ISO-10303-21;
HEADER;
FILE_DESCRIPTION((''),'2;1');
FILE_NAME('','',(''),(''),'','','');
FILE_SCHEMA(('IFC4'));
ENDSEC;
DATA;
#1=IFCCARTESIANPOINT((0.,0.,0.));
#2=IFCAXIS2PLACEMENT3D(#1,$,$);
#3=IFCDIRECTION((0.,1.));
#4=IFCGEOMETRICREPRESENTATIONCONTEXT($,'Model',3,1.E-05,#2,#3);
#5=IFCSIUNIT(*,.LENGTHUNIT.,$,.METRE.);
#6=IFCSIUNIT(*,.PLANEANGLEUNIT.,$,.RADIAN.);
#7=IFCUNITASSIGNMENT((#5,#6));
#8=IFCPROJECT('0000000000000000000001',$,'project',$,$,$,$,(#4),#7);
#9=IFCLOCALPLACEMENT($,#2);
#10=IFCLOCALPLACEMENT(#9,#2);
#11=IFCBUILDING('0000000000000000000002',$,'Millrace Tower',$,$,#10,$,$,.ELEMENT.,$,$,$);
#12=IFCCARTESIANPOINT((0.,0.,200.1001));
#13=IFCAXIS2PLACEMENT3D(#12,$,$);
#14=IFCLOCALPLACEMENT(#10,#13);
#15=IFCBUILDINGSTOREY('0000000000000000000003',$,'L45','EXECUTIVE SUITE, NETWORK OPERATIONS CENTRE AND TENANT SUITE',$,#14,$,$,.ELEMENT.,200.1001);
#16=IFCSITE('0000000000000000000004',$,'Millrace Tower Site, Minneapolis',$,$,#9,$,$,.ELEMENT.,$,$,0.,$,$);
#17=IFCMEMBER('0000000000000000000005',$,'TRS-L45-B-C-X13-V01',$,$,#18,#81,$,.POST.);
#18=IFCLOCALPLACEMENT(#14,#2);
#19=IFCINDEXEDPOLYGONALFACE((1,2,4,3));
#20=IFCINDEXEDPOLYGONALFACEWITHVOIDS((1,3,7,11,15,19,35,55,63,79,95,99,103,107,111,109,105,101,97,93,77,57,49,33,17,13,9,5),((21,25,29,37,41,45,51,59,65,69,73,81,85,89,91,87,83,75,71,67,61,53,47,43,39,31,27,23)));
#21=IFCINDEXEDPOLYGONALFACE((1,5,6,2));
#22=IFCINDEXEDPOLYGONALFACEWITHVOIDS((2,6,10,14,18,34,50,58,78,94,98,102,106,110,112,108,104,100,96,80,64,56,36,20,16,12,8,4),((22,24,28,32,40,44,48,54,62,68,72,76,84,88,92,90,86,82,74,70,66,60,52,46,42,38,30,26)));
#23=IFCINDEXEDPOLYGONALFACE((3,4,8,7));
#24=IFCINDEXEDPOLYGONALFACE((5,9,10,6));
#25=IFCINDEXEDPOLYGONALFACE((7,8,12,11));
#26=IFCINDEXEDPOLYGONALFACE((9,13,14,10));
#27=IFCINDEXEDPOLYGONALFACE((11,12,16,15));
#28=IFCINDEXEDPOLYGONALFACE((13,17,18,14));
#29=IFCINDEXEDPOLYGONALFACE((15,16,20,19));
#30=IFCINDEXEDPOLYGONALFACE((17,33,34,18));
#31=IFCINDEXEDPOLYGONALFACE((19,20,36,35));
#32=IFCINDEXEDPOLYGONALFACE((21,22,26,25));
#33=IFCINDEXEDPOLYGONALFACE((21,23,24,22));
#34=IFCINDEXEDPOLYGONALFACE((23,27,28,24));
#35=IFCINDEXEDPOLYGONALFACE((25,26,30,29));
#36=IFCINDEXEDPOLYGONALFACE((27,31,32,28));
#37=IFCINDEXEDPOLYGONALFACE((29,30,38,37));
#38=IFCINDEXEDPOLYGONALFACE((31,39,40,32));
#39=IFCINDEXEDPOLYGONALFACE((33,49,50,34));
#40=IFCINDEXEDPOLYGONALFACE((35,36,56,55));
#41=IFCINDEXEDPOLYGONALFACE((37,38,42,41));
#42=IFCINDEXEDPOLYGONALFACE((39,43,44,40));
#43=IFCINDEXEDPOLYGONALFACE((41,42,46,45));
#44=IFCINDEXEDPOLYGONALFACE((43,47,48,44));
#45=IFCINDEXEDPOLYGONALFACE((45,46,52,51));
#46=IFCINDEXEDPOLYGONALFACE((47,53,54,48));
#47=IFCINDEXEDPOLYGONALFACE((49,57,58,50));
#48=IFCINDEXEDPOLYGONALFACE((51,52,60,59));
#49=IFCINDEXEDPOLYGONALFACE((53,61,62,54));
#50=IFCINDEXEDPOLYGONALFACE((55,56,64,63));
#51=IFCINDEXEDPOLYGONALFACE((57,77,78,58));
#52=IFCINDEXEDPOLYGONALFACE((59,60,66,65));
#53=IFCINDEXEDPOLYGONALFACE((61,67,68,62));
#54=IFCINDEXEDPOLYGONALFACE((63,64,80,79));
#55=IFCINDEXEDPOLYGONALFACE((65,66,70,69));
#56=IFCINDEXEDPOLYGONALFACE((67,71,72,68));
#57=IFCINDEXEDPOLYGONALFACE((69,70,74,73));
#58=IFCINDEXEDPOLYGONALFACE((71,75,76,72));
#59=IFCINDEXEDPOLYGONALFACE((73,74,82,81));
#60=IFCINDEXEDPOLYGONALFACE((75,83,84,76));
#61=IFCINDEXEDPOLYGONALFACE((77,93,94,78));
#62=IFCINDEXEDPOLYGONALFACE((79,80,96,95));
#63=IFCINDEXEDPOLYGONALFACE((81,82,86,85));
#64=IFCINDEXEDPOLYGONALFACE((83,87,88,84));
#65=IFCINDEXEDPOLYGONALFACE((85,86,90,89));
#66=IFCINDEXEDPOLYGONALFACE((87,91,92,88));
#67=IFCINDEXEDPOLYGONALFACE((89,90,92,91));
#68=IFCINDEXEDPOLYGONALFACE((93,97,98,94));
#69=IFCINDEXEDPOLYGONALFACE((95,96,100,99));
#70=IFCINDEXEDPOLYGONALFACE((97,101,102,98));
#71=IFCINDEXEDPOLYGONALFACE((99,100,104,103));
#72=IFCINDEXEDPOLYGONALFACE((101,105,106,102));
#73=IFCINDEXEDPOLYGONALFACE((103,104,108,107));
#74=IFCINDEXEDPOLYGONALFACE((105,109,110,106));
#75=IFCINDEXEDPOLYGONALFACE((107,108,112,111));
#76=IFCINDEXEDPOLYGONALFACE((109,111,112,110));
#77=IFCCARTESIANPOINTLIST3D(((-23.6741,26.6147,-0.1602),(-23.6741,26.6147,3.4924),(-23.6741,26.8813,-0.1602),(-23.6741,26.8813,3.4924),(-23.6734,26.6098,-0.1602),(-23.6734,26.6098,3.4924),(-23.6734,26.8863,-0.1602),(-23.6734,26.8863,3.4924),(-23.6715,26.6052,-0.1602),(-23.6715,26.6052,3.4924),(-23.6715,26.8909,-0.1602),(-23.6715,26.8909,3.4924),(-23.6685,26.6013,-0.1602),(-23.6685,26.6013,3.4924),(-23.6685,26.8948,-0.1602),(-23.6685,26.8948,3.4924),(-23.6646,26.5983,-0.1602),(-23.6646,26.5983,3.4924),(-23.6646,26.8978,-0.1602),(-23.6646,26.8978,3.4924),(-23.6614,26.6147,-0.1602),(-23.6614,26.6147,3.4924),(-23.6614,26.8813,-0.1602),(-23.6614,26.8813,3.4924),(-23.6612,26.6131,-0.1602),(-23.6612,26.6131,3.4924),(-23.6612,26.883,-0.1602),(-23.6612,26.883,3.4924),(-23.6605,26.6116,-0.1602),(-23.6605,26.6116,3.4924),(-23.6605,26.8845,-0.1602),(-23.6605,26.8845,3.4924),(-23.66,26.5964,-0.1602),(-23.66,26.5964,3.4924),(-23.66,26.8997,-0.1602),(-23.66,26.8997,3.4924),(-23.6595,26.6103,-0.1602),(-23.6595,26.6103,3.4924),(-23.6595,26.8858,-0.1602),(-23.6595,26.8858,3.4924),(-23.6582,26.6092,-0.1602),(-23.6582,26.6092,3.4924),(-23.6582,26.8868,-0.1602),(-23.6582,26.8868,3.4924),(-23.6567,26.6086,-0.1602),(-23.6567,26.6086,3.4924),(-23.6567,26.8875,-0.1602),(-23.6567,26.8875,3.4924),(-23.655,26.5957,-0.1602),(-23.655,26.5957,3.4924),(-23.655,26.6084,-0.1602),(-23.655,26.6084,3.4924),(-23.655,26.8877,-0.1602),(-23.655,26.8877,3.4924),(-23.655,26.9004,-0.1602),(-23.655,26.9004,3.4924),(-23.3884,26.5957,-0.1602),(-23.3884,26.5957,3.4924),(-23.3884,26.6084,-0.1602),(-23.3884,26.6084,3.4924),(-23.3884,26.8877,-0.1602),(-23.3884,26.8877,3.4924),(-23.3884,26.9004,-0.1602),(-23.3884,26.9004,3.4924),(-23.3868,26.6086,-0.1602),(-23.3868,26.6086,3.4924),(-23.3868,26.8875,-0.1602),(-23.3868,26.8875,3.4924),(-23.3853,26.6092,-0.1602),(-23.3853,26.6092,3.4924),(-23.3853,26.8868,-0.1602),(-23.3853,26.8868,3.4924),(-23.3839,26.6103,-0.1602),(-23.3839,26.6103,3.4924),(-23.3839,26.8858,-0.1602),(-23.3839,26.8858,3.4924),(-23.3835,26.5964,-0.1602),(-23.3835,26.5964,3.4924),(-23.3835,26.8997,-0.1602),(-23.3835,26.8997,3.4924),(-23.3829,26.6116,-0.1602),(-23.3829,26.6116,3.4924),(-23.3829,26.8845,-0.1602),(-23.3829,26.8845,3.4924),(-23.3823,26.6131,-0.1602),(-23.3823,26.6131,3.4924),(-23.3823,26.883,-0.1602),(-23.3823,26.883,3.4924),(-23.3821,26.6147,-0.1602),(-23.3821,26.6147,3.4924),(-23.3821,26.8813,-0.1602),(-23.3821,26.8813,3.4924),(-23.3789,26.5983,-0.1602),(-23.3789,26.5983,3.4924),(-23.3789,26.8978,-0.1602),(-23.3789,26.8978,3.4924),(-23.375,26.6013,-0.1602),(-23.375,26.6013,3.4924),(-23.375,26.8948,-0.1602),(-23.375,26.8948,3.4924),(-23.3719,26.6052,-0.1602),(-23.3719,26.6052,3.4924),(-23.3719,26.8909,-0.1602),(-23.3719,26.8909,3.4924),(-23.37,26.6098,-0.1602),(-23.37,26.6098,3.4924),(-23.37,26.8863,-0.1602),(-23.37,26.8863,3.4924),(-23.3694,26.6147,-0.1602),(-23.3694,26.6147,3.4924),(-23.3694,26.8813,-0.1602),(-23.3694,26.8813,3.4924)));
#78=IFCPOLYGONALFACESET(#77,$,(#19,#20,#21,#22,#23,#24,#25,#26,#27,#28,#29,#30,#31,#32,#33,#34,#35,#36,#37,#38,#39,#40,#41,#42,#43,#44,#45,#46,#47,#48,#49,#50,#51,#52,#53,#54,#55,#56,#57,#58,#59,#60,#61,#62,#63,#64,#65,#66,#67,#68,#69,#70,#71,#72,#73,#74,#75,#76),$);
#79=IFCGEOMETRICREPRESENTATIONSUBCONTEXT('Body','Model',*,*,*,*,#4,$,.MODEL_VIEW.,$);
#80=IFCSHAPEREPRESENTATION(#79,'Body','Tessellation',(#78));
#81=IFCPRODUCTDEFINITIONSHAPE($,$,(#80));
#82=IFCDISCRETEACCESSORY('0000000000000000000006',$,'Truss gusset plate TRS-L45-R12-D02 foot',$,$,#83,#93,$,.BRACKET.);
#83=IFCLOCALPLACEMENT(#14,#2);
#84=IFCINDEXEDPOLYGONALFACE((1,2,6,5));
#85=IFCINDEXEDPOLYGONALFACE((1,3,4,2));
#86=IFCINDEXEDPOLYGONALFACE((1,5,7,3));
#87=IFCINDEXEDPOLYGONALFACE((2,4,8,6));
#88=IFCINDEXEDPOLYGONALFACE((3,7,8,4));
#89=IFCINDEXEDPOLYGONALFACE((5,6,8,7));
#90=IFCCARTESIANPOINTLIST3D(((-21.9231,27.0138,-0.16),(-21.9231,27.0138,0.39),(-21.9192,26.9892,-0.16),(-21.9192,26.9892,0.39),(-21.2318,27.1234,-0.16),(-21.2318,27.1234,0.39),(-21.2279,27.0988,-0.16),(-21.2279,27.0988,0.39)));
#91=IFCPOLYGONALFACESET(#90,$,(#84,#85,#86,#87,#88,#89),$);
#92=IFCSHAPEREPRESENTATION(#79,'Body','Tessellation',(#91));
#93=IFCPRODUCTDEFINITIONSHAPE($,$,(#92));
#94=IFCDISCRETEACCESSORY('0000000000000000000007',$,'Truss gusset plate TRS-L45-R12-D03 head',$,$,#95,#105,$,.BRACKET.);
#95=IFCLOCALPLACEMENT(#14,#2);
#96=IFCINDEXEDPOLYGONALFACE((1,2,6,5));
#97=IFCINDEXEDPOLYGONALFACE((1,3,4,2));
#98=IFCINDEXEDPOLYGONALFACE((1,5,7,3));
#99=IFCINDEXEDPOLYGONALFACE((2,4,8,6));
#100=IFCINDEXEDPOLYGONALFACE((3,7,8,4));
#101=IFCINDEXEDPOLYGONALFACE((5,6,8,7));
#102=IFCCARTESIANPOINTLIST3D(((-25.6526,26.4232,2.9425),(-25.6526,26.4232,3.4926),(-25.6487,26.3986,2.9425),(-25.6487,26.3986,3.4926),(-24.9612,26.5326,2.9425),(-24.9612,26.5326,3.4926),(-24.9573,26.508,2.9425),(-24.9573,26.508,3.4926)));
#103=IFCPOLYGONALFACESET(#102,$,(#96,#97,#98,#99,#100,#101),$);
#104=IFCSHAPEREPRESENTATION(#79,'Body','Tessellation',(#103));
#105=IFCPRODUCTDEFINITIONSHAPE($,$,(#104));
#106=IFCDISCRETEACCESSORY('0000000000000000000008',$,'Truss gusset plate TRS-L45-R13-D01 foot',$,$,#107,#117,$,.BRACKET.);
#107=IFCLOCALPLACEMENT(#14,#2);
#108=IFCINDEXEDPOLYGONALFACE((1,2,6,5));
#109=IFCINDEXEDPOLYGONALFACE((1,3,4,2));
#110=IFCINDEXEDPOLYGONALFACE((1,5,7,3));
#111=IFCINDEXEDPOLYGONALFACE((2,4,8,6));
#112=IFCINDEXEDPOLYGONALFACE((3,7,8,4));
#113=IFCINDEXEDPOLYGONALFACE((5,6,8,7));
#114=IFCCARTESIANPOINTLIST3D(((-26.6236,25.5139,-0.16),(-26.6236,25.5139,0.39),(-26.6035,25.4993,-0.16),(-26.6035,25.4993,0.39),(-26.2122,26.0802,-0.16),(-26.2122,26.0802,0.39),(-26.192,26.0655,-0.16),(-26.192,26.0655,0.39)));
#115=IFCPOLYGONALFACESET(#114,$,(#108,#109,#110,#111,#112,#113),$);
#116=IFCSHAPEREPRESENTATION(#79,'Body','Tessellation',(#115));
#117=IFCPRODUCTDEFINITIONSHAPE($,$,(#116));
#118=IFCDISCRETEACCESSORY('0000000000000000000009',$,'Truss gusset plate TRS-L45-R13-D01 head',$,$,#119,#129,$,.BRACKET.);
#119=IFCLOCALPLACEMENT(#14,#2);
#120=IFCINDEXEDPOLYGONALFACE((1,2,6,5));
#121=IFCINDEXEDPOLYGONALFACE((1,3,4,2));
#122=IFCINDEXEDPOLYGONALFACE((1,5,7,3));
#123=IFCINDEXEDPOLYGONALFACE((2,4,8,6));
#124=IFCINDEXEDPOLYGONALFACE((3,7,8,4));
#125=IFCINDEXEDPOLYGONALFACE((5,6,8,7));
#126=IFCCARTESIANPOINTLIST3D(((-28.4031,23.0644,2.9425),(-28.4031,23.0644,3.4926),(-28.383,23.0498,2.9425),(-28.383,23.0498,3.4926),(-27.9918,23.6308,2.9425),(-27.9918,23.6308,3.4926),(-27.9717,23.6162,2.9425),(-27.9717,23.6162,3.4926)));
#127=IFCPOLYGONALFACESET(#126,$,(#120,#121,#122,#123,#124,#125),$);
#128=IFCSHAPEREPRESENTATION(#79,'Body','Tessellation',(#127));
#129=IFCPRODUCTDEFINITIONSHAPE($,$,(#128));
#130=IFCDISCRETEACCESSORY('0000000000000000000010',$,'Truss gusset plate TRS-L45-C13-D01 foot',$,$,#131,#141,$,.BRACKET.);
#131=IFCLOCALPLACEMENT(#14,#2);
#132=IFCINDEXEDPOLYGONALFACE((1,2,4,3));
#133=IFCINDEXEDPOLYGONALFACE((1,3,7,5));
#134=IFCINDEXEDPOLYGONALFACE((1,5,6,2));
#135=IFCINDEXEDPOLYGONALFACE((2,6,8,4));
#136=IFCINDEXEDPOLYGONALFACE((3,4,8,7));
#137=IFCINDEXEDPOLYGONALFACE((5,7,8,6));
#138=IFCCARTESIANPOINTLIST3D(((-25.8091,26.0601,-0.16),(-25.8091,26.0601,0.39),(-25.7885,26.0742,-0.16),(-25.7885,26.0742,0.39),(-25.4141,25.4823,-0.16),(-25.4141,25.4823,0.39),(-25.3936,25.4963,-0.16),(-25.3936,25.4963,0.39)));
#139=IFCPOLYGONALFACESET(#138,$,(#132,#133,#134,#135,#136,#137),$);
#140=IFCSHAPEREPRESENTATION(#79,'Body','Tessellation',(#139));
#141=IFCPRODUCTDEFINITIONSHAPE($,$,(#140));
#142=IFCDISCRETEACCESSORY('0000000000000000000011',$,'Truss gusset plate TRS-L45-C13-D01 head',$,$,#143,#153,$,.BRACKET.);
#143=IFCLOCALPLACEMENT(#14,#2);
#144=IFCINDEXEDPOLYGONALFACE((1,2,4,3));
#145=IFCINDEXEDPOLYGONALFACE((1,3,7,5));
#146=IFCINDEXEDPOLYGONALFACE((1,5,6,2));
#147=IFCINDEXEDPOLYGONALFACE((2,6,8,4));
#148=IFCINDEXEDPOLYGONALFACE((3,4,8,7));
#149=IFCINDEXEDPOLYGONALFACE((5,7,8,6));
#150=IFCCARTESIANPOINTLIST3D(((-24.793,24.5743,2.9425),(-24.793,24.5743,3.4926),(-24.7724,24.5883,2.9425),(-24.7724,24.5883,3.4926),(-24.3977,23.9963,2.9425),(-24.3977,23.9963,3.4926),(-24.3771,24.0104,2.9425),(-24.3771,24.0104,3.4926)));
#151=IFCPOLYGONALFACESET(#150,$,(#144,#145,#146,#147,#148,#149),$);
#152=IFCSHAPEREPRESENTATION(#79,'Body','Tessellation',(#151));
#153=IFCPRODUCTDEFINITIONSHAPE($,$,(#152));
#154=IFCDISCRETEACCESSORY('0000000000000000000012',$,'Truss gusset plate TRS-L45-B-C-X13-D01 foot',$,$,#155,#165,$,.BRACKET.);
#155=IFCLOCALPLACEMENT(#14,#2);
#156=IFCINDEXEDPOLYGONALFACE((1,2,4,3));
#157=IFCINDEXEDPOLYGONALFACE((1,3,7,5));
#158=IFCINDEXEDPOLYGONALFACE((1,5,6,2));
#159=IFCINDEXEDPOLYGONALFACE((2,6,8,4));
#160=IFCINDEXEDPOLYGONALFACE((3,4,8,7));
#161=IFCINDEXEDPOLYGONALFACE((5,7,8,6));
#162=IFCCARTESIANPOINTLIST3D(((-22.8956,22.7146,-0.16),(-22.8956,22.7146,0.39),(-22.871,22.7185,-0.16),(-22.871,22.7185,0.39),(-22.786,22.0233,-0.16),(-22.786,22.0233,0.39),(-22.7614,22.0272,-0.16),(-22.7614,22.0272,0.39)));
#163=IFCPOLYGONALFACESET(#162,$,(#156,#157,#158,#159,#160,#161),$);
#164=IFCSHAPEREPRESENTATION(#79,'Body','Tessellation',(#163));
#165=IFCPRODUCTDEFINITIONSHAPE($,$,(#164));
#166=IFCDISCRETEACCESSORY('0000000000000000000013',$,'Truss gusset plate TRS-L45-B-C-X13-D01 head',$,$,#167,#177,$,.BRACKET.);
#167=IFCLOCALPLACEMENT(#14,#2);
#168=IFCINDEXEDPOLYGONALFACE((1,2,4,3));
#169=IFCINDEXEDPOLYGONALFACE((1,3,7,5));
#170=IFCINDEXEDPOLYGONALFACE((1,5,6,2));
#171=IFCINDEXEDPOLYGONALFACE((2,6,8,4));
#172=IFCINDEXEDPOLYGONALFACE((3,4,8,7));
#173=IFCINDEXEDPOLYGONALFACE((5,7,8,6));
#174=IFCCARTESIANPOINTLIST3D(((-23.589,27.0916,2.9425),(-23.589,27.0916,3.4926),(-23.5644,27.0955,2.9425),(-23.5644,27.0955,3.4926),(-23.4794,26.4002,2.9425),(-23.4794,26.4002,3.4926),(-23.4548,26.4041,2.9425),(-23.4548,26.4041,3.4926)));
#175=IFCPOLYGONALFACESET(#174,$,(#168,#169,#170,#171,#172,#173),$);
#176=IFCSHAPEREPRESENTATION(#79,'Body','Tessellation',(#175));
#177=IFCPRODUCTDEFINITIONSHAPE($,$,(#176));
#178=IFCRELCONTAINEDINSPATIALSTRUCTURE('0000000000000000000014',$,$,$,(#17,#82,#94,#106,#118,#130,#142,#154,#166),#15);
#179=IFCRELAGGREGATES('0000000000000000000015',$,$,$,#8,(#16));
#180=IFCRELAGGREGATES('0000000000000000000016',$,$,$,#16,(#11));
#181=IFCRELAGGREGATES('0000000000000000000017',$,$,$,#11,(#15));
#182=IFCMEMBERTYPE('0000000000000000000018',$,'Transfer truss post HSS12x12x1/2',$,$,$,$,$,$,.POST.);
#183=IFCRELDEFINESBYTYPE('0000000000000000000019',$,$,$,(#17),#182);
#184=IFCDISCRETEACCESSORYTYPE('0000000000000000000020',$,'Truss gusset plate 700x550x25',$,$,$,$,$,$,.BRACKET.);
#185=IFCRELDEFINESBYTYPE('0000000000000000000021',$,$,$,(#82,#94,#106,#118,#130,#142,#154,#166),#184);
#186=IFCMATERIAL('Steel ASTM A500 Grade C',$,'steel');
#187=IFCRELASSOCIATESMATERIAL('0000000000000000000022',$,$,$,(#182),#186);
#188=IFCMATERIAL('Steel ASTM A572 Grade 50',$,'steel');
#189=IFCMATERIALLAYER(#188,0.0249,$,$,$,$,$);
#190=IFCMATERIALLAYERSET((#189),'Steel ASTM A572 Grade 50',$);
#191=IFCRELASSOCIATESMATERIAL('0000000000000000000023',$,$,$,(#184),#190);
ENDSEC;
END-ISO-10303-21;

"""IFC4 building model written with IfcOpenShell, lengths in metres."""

from ifc_helpers import new_model, si_unit, direction, frame, origin, origin_2d, place, context, subcontext, project, spatial, rectangle, hollow_rectangle, extrude, material, layer, layer_set, material_profile, profile_set, type_object, element, save


model = new_model("IFC4")

# Units and contexts
model_context = context("Model", 3, precision=1e-05, world=origin(), true_north=direction((0.0, 1.0)))
body_context = subcontext(model_context, "Body", "Model", "MODEL_VIEW")
ifc_project = project(units=[si_unit("LENGTHUNIT", "METRE"), si_unit("PLANEANGLEUNIT", "RADIAN")], contexts=[model_context])

# Site, building, storey
site_placement = place(None, origin())
site = spatial("IfcSite", under=ifc_project, at=site_placement, Name="Millrace Tower Site, Minneapolis", CompositionType="ELEMENT", RefElevation=0.0)
building_placement = place(site_placement, origin())
building = spatial("IfcBuilding", under=site, at=building_placement, Name="Millrace Tower", CompositionType="ELEMENT")
storey_placement = place(building_placement, frame((0.0, 0.0, 200.1001)))
storey = spatial("IfcBuildingStorey", under=building, at=storey_placement, Name="L45", Description="EXECUTIVE SUITE, NETWORK OPERATIONS CENTRE AND TENANT SUITE", CompositionType="ELEMENT", Elevation=200.1001)

# Member
ifc_material_1 = material(Name="Steel ASTM A500 Grade C", Category="steel")
ifc_material_profile_1 = material_profile(ifc_material_1, hollow_rectangle(XDim=0.3047, YDim=0.3047, WallThickness=0.0127, InnerFilletRadius=0.0063, OuterFilletRadius=0.019, at=origin_2d()))
ifc_profile_set_1 = profile_set([ifc_material_profile_1], Name="Steel ASTM A500 Grade C")
member_type_1 = type_object("IfcMemberType", Name="Transfer truss post HSS12x12x1/2", PredefinedType="POST", material=ifc_profile_set_1)
for number, where, z_axis, x_axis, name in (
    (1, (-23.5217, 26.748, -0.1602), (0.0, 0.0, 1.0), (1.0, 0.0, 0.0), "TRS-L45-B-C-X13-V01"),
):
    element("IfcMember", number, at=place(storey_placement, frame(where, z_axis=z_axis, x_axis=x_axis)), inside=storey, type_object=member_type_1, Name=name, PredefinedType="POST", context=body_context, shape_type="SweptSolid", body=[
        extrude(hollow_rectangle(XDim=0.3047, YDim=0.3047, WallThickness=0.0127, InnerFilletRadius=0.0063, OuterFilletRadius=0.019, at=origin_2d()), origin(), (0.0, 0.0, 1.0), 3.6526),
    ])

# Discrete accessories
ifc_material_2 = material(Name="Steel ASTM A572 Grade 50", Category="steel")
ifc_layer_1 = layer(ifc_material_2, 0.0249)
ifc_layer_set_1 = layer_set([ifc_layer_1], Name="Steel ASTM A572 Grade 50")
discrete_accessory_type = type_object("IfcDiscreteAccessoryType", Name="Truss gusset plate 700x550x25", PredefinedType="BRACKET", material=ifc_layer_set_1)
for number, where, z_axis, x_axis, name in (
    (2, (-21.9211, 27.0015, 0.115), (0.987664, 0.156589, 0.0), (-0.156589, 0.987664, 0.0), "Truss gusset plate TRS-L45-R12-D02 foot"),
    (3, (-25.6506, 26.4109, 3.2175), (0.987718, 0.156249, 0.0), (-0.156249, 0.987718, 0.0), "Truss gusset plate TRS-L45-R12-D03 head"),
    (4, (-26.6135, 25.5066, 0.115), (0.587819, 0.808992, 0.0), (-0.808992, 0.587819, 0.0), "Truss gusset plate TRS-L45-R13-D01 foot"),
    (5, (-28.3931, 23.0571, 3.2175), (0.587653, 0.809113, 0.0), (-0.809113, 0.587653, 0.0), "Truss gusset plate TRS-L45-R13-D01 head"),
    (6, (-25.7988, 26.0671, 0.115), (0.564321, -0.825555, 0.0), (0.825555, 0.564321, 0.0), "Truss gusset plate TRS-L45-C13-D01 foot"),
):
    element("IfcDiscreteAccessory", number, at=place(storey_placement, frame(where, z_axis=z_axis, x_axis=x_axis)), inside=storey, type_object=discrete_accessory_type, Name=name, PredefinedType="BRACKET", context=body_context, shape_type="SweptSolid", body=[
        extrude(rectangle(XDim=0.0249, YDim=0.55, at=origin_2d()), origin(), (0.0, 0.0, 1.0), 0.7),
    ])
discrete_accessory_placement = place(storey_placement, frame((-24.7827, 24.5813, 3.2175), z_axis=(0.564559, -0.825393, 0.0), x_axis=(0.825393, 0.564559, 0.0)))
element("IfcDiscreteAccessory", 7, at=discrete_accessory_placement, inside=storey, type_object=discrete_accessory_type, Name="Truss gusset plate TRS-L45-C13-D01 head", PredefinedType="BRACKET", context=body_context, shape_type="SweptSolid", body=[
    extrude(rectangle(XDim=0.0249, YDim=0.55, at=origin_2d()), origin(), (0.0, 0.0, 1.0), 0.7002),
])
for number, where, z_axis, x_axis, name in (
    (8, (-22.8833, 22.7166, 0.115), (0.156589, -0.987664, 0.0), (0.987664, 0.156589, 0.0), "Truss gusset plate TRS-L45-B-C-X13-D01 foot"),
    (9, (-23.5767, 27.0935, 3.2175), (0.156589, -0.987664, 0.0), (0.987664, 0.156589, 0.0), "Truss gusset plate TRS-L45-B-C-X13-D01 head"),
):
    element("IfcDiscreteAccessory", number, at=place(storey_placement, frame(where, z_axis=z_axis, x_axis=x_axis)), inside=storey, type_object=discrete_accessory_type, Name=name, PredefinedType="BRACKET", context=body_context, shape_type="SweptSolid", body=[
        extrude(rectangle(XDim=0.0249, YDim=0.55, at=origin_2d()), origin(), (0.0, 0.0, 1.0), 0.7),
    ])

save(model, "model.ifc")
